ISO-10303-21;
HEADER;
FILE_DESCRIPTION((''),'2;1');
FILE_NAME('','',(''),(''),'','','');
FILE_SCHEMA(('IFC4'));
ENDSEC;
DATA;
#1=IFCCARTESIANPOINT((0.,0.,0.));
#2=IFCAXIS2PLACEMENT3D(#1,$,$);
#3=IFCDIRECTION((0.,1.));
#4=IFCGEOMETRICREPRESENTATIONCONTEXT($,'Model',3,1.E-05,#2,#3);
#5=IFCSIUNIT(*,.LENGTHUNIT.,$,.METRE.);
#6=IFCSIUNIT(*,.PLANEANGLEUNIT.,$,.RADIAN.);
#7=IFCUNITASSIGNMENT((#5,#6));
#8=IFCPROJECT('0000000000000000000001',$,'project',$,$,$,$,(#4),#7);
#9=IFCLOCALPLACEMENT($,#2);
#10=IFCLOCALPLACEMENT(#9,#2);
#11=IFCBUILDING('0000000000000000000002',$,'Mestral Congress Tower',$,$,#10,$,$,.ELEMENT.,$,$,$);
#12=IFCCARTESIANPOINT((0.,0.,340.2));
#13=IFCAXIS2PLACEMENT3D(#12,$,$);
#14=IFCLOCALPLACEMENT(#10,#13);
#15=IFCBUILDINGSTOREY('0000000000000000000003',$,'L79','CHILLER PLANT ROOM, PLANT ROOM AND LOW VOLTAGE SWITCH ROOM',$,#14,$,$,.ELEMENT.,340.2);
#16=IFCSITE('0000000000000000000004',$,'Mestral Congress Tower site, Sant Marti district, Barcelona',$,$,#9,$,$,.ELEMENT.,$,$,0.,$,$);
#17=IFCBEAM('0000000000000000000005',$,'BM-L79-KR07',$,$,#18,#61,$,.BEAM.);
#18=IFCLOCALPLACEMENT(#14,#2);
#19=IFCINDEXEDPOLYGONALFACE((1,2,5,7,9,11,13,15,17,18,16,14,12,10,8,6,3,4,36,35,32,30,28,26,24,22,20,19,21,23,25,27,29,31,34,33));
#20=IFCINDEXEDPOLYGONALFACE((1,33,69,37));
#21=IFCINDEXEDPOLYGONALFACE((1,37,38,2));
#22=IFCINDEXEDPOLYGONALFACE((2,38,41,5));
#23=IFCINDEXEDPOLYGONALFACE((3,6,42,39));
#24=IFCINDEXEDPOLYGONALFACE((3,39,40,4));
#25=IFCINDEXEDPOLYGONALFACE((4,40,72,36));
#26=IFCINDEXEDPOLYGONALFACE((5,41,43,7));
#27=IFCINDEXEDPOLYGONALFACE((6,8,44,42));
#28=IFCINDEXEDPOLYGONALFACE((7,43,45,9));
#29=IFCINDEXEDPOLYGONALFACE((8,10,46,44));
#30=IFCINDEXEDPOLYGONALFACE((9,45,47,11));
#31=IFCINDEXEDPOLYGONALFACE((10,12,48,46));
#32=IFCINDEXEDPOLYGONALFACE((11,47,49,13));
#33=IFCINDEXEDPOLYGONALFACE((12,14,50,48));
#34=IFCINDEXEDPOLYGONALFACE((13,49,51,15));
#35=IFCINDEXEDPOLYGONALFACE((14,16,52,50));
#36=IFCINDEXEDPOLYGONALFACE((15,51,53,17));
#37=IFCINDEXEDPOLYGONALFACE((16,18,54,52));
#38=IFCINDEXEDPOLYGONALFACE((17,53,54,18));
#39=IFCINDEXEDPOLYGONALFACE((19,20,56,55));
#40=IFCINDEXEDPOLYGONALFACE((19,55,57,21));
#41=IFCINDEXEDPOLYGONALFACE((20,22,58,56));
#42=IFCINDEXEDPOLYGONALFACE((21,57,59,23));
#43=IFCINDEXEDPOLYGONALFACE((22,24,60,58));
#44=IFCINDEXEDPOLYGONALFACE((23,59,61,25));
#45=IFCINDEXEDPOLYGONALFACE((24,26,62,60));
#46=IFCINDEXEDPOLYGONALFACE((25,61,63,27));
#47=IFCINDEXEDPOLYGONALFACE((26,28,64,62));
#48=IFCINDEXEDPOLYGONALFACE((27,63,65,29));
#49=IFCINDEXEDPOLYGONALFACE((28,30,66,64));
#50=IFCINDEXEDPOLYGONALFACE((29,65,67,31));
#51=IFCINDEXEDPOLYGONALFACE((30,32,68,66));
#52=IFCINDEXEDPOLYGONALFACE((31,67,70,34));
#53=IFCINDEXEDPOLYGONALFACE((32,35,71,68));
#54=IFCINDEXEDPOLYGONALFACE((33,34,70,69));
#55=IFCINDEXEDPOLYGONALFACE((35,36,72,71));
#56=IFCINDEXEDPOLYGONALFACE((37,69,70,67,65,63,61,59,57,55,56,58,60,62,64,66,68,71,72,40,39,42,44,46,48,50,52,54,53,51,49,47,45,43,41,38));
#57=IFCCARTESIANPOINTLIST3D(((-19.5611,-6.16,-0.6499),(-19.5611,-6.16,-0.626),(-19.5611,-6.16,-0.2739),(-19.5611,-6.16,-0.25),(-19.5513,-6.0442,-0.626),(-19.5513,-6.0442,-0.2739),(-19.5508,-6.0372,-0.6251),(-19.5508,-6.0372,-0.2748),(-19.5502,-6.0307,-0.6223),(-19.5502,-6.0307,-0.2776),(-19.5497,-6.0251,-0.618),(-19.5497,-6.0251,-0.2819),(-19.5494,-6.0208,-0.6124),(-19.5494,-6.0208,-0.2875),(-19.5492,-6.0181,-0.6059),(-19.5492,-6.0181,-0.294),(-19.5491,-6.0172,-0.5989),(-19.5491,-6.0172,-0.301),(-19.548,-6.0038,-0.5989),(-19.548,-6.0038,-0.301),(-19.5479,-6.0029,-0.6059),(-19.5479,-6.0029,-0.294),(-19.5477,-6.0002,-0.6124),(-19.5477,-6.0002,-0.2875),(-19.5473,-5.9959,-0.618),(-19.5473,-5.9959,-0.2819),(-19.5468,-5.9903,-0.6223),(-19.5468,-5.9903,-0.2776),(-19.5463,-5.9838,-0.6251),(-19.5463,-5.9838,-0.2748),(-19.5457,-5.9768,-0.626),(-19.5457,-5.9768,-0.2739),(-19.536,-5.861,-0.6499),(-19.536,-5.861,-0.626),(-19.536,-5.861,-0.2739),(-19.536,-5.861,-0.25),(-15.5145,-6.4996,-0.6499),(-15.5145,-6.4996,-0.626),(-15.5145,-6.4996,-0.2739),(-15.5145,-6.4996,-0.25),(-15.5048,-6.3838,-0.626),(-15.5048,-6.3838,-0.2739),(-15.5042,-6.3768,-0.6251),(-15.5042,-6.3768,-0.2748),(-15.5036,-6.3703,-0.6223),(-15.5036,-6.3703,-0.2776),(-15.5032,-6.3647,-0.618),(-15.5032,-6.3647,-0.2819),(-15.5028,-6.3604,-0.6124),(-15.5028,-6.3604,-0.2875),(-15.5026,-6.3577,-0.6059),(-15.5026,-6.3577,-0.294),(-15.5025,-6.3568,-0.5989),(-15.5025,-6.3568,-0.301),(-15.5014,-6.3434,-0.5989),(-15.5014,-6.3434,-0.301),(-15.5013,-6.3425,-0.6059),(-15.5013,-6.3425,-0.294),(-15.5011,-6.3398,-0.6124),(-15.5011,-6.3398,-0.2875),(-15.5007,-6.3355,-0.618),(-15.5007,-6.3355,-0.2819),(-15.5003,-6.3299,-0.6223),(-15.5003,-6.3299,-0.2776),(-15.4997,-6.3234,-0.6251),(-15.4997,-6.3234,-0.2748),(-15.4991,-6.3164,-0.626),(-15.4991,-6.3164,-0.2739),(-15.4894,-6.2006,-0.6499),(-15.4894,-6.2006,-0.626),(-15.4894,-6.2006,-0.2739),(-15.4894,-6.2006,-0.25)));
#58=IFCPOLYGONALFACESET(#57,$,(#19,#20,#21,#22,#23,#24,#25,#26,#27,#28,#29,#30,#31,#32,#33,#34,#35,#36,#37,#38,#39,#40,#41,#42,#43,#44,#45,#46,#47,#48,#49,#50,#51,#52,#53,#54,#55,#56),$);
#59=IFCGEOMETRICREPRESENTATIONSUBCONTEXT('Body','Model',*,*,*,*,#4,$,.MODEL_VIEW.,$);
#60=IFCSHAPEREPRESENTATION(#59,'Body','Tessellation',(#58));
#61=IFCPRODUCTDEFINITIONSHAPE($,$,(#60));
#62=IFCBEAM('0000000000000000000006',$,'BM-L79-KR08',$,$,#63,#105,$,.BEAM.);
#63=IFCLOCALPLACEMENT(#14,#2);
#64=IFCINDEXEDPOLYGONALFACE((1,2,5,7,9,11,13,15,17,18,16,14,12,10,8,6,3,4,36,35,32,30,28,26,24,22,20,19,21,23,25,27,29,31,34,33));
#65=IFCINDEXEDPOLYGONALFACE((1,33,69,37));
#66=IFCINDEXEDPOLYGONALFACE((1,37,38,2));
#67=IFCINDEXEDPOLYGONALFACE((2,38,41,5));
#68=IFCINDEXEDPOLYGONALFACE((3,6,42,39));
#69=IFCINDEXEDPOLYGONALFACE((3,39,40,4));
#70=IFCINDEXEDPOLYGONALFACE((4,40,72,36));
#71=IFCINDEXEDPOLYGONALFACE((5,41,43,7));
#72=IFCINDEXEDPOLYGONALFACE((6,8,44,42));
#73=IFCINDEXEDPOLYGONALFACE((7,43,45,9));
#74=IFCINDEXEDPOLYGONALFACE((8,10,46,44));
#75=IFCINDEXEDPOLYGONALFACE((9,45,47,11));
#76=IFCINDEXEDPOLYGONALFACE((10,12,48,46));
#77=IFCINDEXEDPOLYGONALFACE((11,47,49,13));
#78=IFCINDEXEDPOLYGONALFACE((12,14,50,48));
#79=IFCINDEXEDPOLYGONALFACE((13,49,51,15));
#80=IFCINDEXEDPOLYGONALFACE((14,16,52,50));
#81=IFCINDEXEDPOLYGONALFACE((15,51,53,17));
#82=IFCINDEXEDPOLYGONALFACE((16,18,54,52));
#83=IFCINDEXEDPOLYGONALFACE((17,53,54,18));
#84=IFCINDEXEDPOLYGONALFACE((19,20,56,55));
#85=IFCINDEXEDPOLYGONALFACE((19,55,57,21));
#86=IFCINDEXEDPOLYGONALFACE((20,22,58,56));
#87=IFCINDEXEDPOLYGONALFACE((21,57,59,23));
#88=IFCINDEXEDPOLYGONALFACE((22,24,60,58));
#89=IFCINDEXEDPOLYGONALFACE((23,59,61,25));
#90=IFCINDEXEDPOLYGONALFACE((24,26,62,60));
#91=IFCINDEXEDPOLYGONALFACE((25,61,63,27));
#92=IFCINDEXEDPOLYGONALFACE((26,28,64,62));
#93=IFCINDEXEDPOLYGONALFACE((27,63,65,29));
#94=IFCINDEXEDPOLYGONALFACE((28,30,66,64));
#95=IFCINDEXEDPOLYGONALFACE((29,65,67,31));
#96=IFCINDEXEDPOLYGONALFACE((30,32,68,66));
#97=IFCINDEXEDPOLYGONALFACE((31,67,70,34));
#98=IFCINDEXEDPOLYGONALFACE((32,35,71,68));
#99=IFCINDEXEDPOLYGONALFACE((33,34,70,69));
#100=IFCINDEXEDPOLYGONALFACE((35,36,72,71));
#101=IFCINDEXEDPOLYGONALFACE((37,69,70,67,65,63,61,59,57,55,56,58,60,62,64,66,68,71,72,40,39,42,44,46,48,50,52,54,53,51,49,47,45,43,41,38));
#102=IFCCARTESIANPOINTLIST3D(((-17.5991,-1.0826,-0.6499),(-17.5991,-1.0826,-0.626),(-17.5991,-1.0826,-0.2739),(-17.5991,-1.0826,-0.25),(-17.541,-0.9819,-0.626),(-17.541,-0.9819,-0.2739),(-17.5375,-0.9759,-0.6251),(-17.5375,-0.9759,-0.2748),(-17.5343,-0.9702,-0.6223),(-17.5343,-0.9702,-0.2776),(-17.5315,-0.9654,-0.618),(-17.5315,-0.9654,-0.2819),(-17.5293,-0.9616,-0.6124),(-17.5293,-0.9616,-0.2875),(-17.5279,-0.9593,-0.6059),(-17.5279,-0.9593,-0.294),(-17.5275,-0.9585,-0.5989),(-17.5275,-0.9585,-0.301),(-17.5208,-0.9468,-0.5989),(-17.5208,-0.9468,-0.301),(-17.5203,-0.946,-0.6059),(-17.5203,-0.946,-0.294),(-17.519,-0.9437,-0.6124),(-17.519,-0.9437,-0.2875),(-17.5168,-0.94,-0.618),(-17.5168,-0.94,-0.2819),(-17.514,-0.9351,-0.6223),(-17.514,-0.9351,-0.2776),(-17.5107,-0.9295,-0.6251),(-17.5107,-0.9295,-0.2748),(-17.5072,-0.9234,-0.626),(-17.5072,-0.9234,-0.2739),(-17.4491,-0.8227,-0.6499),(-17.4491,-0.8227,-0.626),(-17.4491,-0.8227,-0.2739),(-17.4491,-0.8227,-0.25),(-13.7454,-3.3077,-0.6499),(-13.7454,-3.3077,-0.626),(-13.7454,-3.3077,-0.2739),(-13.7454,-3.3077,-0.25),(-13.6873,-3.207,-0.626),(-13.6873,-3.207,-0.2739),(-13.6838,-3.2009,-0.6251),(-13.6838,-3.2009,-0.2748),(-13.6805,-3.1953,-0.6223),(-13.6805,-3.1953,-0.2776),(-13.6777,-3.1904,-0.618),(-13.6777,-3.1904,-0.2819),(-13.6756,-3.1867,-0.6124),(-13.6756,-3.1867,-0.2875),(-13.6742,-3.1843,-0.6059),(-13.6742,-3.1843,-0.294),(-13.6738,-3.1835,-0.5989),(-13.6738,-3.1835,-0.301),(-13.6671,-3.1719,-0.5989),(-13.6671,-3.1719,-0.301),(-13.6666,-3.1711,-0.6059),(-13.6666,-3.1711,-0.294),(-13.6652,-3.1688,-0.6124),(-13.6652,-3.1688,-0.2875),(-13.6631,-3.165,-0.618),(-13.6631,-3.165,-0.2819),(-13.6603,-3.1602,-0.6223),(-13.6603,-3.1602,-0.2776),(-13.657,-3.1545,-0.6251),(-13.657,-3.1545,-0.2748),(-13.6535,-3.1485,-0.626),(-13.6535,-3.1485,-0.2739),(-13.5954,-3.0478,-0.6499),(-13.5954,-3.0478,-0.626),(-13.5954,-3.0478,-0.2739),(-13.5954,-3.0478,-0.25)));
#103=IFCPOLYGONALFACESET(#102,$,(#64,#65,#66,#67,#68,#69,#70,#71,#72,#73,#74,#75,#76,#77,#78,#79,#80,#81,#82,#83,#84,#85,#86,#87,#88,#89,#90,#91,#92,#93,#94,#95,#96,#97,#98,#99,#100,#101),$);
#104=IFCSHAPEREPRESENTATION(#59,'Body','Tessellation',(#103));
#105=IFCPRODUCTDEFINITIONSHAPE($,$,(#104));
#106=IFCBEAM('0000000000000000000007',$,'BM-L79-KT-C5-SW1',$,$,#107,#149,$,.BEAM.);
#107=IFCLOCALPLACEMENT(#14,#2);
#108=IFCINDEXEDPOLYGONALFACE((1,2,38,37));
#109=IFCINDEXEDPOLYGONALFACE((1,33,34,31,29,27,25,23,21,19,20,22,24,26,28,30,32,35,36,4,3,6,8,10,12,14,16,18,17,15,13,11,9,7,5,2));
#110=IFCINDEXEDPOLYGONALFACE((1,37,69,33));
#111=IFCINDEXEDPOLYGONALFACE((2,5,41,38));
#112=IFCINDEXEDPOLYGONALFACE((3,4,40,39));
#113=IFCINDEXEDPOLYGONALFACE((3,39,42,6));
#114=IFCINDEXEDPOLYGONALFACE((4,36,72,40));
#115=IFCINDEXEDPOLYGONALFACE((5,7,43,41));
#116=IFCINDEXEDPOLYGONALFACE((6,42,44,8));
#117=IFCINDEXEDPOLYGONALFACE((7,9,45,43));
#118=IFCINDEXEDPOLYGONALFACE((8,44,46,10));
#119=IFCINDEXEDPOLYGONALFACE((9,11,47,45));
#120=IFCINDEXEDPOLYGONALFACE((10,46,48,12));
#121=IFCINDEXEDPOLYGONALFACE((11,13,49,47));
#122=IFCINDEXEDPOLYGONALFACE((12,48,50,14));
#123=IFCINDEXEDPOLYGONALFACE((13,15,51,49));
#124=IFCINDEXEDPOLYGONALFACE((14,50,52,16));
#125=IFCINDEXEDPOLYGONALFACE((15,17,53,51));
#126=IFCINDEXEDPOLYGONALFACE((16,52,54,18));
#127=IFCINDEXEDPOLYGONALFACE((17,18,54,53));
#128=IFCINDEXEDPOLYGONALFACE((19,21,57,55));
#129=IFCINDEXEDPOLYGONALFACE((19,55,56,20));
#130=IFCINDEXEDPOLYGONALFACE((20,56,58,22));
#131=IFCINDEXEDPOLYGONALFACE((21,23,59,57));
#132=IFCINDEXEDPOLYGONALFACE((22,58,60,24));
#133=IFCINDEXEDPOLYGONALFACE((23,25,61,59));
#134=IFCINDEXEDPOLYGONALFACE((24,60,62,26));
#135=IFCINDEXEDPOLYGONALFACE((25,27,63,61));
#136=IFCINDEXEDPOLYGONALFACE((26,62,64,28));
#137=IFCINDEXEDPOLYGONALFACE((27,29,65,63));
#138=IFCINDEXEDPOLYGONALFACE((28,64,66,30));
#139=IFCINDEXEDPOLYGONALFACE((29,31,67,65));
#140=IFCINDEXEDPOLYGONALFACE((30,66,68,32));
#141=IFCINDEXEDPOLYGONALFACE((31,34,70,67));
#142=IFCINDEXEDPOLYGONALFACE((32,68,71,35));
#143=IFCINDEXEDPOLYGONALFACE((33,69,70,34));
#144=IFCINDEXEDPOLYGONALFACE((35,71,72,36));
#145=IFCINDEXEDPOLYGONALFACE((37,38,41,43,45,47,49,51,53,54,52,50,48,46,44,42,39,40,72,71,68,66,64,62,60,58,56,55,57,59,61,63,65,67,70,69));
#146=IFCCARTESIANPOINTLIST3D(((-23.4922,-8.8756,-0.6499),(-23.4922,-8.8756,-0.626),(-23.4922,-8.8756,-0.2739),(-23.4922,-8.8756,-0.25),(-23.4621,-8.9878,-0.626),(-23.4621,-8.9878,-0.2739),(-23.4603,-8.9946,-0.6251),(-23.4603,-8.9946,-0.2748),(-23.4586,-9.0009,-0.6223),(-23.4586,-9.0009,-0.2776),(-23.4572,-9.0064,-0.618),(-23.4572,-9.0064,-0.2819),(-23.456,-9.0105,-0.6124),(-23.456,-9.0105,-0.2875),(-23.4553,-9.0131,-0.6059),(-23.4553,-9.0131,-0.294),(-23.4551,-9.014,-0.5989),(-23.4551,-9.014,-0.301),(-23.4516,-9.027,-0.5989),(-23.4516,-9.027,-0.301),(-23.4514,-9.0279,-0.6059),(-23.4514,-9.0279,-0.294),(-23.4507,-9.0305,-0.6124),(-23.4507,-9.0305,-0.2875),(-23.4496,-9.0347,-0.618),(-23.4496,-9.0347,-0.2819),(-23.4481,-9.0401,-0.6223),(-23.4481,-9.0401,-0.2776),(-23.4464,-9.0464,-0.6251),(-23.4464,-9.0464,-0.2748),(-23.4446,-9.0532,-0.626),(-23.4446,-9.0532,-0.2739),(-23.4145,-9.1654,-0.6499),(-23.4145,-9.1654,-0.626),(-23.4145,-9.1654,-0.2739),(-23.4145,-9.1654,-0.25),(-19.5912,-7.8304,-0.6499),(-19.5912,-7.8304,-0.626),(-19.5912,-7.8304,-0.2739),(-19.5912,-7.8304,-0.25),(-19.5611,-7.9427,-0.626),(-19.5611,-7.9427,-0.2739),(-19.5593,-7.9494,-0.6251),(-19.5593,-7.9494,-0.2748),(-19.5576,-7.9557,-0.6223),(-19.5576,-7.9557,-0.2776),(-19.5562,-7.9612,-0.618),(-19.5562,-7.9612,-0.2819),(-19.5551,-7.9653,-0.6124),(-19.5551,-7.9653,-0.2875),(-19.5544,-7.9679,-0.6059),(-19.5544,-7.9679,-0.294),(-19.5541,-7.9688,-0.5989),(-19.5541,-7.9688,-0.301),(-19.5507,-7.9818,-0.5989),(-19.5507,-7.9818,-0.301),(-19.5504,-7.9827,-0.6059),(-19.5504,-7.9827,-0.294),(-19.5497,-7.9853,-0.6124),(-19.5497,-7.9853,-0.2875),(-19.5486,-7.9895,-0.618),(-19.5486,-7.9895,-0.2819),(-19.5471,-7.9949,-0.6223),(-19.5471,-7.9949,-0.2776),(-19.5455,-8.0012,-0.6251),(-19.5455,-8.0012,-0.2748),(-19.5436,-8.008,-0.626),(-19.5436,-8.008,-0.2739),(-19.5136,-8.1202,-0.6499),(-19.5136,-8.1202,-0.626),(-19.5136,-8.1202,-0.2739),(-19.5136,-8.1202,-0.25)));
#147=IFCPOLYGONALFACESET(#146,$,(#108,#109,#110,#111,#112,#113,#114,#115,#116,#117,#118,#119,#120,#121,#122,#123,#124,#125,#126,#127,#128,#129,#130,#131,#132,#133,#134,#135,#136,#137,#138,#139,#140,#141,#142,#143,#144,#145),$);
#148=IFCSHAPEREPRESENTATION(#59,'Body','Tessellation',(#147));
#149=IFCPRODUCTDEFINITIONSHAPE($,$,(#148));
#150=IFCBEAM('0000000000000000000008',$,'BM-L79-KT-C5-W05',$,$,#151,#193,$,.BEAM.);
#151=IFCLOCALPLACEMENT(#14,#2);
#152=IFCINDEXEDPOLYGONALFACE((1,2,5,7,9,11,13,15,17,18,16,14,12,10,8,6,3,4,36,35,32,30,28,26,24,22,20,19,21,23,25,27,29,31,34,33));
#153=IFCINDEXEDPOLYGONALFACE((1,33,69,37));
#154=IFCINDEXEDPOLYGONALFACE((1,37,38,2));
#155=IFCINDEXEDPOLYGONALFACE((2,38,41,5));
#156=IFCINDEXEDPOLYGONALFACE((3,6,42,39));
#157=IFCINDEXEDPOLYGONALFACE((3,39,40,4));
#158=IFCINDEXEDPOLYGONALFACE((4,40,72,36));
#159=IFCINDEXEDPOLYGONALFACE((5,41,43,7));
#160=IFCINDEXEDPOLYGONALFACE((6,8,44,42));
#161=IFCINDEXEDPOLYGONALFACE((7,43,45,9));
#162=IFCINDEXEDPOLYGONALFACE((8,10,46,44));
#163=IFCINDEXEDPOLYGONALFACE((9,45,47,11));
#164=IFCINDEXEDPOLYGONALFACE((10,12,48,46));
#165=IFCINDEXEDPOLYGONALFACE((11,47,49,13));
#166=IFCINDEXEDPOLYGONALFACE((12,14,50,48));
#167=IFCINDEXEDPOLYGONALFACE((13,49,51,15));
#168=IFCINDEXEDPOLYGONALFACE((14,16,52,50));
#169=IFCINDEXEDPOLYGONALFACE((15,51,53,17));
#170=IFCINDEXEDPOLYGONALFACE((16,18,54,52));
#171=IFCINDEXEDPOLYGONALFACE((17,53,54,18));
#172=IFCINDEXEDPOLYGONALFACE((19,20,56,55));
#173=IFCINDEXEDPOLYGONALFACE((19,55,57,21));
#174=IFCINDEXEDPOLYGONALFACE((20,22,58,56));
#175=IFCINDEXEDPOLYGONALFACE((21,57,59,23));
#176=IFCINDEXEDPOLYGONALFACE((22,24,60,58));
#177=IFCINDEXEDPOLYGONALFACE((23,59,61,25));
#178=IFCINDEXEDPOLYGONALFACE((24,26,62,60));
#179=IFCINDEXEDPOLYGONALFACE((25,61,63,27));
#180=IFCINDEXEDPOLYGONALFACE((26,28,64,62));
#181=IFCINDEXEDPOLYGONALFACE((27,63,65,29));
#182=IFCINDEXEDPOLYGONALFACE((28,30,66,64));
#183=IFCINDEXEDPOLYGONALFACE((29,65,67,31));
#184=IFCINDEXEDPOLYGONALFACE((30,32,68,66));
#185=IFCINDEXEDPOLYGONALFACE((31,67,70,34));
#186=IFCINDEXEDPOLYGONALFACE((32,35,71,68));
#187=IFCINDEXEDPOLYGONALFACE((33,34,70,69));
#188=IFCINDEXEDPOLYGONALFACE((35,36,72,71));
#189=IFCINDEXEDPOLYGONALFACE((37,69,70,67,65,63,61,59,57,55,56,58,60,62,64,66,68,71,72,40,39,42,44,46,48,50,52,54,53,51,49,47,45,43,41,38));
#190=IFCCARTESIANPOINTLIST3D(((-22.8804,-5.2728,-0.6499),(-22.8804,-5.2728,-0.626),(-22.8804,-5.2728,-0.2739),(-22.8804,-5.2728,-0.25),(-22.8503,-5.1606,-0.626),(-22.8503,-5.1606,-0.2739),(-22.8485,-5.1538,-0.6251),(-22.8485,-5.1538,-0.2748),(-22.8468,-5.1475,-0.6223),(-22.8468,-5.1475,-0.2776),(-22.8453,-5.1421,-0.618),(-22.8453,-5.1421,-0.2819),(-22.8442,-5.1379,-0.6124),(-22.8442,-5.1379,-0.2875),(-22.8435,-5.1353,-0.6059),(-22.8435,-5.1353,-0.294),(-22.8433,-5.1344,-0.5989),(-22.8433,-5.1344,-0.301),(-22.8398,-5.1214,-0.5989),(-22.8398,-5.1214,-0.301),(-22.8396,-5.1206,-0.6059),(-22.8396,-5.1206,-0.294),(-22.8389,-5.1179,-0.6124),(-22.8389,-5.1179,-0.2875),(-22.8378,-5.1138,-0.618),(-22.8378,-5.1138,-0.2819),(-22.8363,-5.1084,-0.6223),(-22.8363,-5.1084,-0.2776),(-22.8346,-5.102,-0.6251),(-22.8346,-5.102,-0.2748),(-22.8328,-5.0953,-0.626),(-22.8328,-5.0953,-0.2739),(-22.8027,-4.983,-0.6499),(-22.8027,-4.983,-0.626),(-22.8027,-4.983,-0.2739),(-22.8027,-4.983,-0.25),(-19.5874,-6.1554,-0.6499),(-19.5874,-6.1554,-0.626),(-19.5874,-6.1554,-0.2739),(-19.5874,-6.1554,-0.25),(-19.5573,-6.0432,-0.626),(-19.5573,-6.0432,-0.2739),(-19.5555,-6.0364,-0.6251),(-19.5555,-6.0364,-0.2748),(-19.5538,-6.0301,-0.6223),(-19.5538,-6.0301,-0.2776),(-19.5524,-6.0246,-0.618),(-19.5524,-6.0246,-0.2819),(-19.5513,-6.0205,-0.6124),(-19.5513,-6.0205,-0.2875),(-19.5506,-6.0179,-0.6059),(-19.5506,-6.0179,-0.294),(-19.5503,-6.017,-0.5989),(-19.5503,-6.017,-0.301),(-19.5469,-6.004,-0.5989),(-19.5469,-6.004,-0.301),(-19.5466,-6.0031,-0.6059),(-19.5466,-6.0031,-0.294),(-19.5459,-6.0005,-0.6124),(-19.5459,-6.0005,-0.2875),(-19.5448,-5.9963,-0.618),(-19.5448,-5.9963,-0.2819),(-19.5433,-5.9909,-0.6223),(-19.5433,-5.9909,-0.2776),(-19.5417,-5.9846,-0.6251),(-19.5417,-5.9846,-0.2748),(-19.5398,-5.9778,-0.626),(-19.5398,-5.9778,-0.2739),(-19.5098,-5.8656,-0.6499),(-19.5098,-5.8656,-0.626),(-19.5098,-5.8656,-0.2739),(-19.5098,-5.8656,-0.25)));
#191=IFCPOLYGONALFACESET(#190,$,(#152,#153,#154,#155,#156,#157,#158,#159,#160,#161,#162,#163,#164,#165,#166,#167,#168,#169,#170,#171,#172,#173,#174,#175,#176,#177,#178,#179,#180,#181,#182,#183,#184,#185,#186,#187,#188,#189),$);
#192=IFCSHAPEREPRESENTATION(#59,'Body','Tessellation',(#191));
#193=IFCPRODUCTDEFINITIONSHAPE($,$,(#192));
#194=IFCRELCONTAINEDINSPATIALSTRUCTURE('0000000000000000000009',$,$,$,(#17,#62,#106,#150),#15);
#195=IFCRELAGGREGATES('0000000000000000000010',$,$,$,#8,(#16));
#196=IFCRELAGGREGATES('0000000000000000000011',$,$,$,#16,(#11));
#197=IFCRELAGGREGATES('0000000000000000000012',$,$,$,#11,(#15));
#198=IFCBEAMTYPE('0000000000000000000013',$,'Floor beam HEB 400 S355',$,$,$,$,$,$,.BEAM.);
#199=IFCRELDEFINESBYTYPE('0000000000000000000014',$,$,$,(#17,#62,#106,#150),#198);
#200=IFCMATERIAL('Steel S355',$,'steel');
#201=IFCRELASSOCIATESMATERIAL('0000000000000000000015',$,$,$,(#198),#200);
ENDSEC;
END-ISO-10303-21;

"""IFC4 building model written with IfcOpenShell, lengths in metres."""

from ifc_helpers import new_model, si_unit, direction, frame, origin, origin_2d, place, context, subcontext, project, spatial, i_section, extrude, material, material_profile, profile_set, type_object, element, save


model = new_model("IFC4")

# Units and contexts
model_context = context("Model", 3, precision=1e-05, world=origin(), true_north=direction((0.0, 1.0)))
body_context = subcontext(model_context, "Body", "Model", "MODEL_VIEW")
ifc_project = project(units=[si_unit("LENGTHUNIT", "METRE"), si_unit("PLANEANGLEUNIT", "RADIAN")], contexts=[model_context])

# Site, building, storey
site_placement = place(None, origin())
site = spatial("IfcSite", under=ifc_project, at=site_placement, Name="Mestral Congress Tower site, Sant Marti district, Barcelona", CompositionType="ELEMENT", RefElevation=0.0)
building_placement = place(site_placement, origin())
building = spatial("IfcBuilding", under=site, at=building_placement, Name="Mestral Congress Tower", CompositionType="ELEMENT")
storey_placement = place(building_placement, frame((0.0, 0.0, 340.2)))
storey = spatial("IfcBuildingStorey", under=building, at=storey_placement, Name="L79", Description="CHILLER PLANT ROOM, PLANT ROOM AND LOW VOLTAGE SWITCH ROOM", CompositionType="ELEMENT", Elevation=340.2)

# Shared definitions
ifc_material_1 = material(Name="Steel S355", Category="steel")

# Beams
ifc_material_profile_1 = material_profile(ifc_material_1, i_section(OverallWidth=0.3, OverallDepth=0.3999, WebThickness=0.0134, FlangeThickness=0.0239, FilletRadius=0.0271, at=origin_2d()), Name="HEB 400")
ifc_profile_set_1 = profile_set([ifc_material_profile_1], Name="Steel S355")
beam_type_1 = type_object("IfcBeamType", Name="Floor beam HEB 400 S355", PredefinedType="BEAM", material=ifc_profile_set_1)
beam_1_placement = place(storey_placement, frame((-15.502, -6.3501, -0.45), z_axis=(-0.996497, 0.083628, 0.0), x_axis=(-0.083628, -0.996497, 0.0)))
element("IfcBeam", 1, at=beam_1_placement, inside=storey, type_object=beam_type_1, Name="BM-L79-KR07", PredefinedType="BEAM", context=body_context, shape_type="SweptSolid", body=[
    extrude(i_section(OverallWidth=0.3, OverallDepth=0.3999, WebThickness=0.0134, FlangeThickness=0.0239, FilletRadius=0.0271, at=origin_2d()), origin(), (0.0, 0.0, 1.0), 4.0608),
])
beam_2_placement = place(storey_placement, frame((-13.6704, -3.1777, -0.45), z_axis=(-0.866013, 0.500022, 0.0), x_axis=(-0.500022, -0.866013, 0.0)))
element("IfcBeam", 2, at=beam_2_placement, inside=storey, type_object=beam_type_1, Name="BM-L79-KR08", PredefinedType="BEAM", context=body_context, shape_type="SweptSolid", body=[
    extrude(i_section(OverallWidth=0.3, OverallDepth=0.3999, WebThickness=0.0134, FlangeThickness=0.0239, FilletRadius=0.0271, at=origin_2d()), origin(), (0.0, 0.0, 1.0), 4.45),
])
beam_3_placement = place(storey_placement, frame((-23.4534, -9.0205, -0.45), z_axis=(0.96593, 0.258803, 0.0), x_axis=(-0.258803, 0.96593, 0.0)))
element("IfcBeam", 3, at=beam_3_placement, inside=storey, type_object=beam_type_1, Name="BM-L79-KT-C5-SW1", PredefinedType="BEAM", context=body_context, shape_type="SweptSolid", body=[
    extrude(i_section(OverallWidth=0.3, OverallDepth=0.3999, WebThickness=0.0134, FlangeThickness=0.0239, FilletRadius=0.0271, at=origin_2d()), origin(), (0.0, 0.0, 1.0), 4.0386),
])
beam_4_placement = place(storey_placement, frame((-22.8416, -5.1279, -0.45), z_axis=(0.96591, -0.258879, 0.0), x_axis=(0.258879, 0.96591, 0.0)))
element("IfcBeam", 4, at=beam_4_placement, inside=storey, type_object=beam_type_1, Name="BM-L79-KT-C5-W05", PredefinedType="BEAM", context=body_context, shape_type="SweptSolid", body=[
    extrude(i_section(OverallWidth=0.3, OverallDepth=0.3999, WebThickness=0.0134, FlangeThickness=0.0239, FilletRadius=0.0271, at=origin_2d()), origin(), (0.0, 0.0, 1.0), 3.4092),
])

save(model, "model.ifc")
